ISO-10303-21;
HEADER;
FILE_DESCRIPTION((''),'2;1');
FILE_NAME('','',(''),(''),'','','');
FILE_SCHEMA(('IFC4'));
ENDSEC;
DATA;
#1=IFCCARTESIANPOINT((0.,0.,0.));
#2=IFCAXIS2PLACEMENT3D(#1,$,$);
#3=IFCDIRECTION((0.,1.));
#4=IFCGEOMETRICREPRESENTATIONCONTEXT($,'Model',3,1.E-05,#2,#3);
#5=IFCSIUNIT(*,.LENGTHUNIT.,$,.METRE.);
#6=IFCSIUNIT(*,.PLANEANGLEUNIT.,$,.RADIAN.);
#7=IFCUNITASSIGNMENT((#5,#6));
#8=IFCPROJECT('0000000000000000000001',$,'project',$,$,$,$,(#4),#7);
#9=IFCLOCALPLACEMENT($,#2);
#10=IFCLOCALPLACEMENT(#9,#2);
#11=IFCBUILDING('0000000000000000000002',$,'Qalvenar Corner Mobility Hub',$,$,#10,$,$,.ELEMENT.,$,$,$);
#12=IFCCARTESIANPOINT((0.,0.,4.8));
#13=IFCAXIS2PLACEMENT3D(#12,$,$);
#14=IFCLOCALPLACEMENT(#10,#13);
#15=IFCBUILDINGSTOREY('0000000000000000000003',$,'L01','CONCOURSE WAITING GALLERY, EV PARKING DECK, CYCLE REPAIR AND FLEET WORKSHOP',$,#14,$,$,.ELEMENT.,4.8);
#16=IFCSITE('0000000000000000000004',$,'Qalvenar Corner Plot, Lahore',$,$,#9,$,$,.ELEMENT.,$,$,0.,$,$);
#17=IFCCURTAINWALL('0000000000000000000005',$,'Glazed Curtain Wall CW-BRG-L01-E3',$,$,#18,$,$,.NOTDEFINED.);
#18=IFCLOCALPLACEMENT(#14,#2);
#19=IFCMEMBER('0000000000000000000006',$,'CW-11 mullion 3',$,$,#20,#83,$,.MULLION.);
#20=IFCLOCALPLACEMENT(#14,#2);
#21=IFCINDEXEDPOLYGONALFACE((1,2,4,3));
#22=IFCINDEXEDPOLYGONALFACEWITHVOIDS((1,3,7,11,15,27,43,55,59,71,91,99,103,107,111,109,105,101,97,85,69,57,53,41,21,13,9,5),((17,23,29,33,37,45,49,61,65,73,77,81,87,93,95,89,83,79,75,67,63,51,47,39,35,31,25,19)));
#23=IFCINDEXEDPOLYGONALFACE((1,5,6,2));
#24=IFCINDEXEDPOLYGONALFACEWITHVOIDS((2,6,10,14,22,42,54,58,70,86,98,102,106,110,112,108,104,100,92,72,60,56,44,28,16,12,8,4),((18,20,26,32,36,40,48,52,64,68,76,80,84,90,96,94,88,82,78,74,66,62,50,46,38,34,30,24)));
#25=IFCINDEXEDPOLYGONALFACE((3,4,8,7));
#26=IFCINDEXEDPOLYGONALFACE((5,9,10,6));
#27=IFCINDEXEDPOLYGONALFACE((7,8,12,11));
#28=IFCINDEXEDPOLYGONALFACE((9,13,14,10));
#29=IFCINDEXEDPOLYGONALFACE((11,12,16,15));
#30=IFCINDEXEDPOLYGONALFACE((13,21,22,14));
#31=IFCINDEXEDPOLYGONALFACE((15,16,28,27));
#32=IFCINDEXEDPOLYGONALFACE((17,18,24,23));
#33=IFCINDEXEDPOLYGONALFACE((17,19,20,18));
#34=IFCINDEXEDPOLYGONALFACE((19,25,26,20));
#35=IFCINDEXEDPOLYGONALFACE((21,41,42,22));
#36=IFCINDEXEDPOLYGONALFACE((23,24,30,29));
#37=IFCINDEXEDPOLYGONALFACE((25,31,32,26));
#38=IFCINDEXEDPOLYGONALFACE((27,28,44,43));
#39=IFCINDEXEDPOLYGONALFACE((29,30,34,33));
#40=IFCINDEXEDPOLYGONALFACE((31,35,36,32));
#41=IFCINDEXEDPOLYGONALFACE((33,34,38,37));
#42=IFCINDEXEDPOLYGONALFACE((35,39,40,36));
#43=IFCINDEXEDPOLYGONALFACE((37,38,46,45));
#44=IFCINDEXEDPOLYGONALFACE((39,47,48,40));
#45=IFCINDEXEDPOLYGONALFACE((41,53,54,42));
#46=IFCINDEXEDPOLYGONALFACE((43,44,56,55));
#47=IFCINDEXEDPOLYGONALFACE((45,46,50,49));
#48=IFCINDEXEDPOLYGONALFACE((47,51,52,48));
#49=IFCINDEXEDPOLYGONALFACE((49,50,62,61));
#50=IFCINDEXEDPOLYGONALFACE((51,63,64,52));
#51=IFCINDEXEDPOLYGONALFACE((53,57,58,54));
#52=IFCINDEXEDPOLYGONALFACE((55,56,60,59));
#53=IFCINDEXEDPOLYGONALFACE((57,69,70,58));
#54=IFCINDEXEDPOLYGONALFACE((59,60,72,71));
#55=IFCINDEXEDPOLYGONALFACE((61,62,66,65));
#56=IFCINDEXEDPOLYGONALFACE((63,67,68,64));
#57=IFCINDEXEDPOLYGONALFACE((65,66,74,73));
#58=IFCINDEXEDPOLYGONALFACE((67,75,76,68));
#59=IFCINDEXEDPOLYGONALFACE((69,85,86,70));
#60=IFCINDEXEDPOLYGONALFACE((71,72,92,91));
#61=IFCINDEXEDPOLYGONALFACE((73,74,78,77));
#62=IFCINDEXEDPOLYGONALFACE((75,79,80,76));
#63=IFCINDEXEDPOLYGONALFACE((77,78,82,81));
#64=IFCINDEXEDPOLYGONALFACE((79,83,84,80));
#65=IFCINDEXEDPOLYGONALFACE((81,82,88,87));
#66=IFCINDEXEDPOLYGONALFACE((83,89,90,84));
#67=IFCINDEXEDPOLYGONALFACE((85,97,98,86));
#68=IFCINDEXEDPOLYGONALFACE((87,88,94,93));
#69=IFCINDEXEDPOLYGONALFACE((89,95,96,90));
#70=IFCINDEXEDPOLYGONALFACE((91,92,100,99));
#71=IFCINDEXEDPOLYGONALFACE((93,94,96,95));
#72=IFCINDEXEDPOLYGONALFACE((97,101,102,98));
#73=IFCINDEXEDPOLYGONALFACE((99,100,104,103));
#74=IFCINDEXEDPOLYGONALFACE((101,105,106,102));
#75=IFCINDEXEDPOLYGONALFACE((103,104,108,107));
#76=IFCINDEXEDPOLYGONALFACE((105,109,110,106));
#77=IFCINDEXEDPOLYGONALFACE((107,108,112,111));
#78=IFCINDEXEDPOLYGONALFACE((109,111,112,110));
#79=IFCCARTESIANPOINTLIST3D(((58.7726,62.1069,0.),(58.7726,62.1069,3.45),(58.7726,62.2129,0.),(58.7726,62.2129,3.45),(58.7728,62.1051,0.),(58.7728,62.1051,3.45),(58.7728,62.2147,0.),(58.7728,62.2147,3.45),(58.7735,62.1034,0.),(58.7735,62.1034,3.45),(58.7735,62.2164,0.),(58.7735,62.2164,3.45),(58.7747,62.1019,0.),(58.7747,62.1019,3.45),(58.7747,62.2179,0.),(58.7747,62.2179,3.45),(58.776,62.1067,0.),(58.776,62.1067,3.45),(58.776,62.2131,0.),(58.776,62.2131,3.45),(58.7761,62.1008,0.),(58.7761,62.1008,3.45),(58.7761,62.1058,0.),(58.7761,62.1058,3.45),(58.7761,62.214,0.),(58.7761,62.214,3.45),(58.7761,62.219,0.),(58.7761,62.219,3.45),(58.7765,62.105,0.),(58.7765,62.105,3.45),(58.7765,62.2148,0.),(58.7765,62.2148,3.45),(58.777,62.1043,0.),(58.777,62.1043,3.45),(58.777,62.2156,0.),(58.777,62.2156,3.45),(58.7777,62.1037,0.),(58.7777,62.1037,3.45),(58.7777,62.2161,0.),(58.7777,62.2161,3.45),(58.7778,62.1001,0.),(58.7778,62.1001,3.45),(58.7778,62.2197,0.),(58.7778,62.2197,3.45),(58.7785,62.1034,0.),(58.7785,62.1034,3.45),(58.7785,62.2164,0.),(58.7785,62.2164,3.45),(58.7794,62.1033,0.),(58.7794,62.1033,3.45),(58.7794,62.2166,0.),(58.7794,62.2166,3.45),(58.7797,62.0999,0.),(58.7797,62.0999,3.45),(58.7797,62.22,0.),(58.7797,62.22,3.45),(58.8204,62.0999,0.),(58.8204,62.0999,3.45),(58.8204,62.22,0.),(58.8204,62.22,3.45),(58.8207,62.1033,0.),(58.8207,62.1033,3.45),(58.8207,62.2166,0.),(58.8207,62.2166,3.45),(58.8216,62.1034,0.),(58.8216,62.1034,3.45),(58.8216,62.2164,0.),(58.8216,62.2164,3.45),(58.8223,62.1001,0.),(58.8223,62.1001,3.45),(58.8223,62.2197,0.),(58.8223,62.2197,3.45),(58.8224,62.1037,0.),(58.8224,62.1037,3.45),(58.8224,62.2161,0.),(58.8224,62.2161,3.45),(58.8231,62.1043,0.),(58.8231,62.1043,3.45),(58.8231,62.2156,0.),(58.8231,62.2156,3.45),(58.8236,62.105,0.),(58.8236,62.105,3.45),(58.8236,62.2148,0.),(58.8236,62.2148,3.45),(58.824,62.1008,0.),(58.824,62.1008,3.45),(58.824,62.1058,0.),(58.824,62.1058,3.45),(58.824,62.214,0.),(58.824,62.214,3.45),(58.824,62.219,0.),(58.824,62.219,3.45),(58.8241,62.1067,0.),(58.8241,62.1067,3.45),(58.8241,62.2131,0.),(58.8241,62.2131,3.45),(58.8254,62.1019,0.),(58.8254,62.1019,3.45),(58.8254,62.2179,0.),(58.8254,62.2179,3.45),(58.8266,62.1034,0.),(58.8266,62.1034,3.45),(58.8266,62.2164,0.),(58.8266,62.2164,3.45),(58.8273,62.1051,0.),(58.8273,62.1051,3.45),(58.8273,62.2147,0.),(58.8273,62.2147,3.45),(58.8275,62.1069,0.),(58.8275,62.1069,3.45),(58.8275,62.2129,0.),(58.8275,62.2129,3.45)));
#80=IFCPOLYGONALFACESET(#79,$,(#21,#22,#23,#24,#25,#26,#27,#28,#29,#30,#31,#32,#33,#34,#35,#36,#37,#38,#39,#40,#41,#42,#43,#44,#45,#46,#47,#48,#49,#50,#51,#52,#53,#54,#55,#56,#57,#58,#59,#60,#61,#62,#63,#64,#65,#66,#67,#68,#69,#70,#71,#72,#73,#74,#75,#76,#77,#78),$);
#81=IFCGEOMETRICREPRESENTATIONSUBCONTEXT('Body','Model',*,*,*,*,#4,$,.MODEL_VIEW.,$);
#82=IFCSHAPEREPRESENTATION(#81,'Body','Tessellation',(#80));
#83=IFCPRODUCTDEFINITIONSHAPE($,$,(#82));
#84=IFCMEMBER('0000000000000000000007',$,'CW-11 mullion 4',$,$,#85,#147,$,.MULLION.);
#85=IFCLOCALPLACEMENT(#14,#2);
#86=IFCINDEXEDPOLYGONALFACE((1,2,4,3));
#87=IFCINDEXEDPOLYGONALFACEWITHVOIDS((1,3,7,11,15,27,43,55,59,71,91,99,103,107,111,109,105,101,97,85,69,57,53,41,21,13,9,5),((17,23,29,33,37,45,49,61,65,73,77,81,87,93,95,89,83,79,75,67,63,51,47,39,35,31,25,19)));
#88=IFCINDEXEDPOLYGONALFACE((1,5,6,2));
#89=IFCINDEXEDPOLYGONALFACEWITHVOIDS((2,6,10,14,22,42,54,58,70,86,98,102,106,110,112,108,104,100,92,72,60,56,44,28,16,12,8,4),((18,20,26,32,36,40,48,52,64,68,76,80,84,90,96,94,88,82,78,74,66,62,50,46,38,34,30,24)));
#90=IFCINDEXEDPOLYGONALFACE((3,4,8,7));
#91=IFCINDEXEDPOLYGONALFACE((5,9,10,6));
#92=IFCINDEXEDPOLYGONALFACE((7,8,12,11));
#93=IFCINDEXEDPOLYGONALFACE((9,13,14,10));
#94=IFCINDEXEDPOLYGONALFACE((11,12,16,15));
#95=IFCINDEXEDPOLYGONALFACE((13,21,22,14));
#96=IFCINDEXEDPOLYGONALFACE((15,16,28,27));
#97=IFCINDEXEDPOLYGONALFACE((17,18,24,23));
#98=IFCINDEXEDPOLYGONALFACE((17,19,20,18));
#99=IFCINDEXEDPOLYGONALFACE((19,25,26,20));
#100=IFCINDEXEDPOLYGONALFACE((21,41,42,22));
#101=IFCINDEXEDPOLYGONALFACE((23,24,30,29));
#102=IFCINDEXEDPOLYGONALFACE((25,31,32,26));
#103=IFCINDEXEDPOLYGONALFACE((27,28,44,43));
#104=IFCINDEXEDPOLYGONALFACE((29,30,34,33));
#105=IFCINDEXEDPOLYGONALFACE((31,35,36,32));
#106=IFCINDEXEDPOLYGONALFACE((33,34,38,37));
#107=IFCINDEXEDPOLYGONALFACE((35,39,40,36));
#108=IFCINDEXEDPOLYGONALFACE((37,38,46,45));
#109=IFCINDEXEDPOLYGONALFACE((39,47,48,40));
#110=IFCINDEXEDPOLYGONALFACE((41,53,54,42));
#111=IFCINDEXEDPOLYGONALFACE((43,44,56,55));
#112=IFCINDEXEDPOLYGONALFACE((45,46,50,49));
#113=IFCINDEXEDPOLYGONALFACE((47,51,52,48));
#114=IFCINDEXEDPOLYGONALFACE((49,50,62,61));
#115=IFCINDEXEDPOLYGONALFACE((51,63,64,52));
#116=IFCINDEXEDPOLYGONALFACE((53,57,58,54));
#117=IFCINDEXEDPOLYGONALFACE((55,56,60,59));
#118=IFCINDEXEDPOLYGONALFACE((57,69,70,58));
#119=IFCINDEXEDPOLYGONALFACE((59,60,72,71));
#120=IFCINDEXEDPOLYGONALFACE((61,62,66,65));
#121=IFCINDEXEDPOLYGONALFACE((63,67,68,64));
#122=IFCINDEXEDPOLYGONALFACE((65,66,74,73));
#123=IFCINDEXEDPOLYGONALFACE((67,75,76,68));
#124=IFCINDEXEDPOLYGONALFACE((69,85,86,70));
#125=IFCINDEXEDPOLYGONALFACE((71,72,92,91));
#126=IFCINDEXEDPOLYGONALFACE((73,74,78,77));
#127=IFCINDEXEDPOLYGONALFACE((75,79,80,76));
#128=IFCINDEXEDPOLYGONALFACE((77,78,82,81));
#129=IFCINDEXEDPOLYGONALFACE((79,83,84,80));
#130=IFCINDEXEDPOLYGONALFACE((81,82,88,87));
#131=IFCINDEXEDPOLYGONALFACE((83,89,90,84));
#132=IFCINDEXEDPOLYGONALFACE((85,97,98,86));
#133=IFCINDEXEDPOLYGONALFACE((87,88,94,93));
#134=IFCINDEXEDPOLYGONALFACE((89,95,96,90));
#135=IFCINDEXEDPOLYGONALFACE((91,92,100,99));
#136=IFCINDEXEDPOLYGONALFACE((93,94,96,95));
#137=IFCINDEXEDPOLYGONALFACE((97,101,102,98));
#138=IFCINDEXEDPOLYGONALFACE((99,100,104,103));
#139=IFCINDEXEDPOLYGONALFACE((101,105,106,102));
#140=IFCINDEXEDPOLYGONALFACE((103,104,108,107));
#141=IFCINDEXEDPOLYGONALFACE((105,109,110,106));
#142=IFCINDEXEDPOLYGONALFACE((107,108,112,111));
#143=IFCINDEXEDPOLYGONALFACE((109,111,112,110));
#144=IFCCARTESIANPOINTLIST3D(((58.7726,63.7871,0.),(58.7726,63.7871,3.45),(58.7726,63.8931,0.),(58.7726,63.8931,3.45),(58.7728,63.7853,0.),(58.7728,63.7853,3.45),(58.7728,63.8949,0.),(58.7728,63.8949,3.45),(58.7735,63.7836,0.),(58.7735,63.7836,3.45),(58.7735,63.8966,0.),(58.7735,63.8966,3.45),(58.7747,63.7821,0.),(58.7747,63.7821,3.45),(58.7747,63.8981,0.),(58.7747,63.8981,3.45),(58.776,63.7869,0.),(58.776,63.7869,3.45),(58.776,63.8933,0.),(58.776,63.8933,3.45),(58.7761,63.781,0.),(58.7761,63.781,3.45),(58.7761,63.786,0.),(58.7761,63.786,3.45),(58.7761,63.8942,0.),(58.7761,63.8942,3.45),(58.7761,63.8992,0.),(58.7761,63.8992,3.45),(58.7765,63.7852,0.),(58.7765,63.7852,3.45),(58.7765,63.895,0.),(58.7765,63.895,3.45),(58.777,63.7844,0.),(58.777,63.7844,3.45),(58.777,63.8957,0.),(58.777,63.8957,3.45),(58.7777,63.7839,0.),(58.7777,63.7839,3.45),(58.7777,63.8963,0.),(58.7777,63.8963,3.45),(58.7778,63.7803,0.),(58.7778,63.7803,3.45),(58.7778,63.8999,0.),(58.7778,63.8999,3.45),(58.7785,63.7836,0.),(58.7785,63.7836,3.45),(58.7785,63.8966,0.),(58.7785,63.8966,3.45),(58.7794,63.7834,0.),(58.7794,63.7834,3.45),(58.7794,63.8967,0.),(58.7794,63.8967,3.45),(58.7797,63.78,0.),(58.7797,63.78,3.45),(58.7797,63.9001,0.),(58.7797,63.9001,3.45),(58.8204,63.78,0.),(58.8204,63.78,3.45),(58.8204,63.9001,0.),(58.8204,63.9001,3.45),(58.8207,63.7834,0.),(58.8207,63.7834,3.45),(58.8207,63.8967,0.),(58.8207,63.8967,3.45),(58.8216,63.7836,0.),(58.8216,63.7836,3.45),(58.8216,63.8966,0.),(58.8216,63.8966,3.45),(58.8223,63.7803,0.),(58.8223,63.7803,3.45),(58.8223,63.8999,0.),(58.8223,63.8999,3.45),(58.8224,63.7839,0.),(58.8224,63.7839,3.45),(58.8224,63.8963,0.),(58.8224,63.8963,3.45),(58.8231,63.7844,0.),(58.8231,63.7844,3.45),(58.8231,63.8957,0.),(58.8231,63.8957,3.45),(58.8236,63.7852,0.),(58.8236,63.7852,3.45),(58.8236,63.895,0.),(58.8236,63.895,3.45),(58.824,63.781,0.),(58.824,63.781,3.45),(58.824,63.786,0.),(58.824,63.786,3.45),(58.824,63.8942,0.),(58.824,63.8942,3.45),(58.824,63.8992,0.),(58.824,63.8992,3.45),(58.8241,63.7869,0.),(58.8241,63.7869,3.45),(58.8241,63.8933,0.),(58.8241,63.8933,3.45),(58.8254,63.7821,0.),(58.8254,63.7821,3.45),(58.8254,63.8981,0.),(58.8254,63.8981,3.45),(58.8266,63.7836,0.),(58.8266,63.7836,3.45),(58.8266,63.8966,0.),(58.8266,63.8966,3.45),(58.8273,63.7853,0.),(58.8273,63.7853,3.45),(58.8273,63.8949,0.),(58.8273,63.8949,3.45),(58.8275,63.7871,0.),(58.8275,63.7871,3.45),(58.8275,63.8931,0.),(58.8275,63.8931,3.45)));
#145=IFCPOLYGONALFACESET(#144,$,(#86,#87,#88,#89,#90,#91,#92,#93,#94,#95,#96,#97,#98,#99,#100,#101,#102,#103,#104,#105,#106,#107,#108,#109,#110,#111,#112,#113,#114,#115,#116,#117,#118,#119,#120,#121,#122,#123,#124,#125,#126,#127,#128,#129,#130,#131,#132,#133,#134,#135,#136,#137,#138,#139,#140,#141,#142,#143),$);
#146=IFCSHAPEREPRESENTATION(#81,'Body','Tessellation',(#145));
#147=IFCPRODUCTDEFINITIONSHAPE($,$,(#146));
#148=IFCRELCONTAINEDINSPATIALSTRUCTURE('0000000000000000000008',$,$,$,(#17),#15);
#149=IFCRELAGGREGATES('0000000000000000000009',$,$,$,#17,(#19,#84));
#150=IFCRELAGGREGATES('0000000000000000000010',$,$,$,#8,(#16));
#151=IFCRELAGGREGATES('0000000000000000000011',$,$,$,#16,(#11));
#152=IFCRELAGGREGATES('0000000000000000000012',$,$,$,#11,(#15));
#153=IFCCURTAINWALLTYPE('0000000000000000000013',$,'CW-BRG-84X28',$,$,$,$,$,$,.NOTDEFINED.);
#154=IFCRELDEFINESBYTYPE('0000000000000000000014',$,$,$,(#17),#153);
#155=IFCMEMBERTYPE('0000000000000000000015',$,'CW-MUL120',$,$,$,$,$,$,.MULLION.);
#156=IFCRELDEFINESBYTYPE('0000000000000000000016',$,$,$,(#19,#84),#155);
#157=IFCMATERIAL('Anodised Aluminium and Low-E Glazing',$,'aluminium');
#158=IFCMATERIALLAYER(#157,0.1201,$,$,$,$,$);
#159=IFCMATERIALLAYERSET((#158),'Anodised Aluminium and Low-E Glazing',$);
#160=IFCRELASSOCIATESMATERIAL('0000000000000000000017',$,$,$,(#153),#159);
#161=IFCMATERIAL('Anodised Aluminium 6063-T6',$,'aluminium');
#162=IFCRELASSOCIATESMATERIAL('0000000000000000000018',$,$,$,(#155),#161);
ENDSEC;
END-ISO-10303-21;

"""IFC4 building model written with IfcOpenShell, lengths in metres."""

from ifc_helpers import new_model, si_unit, direction, frame, origin, origin_2d, place, context, subcontext, project, spatial, hollow_rectangle, extrude, material, layer, layer_set, material_profile, profile_set, type_object, element, aggregate, save


model = new_model("IFC4")

# Units and contexts
model_context = context("Model", 3, precision=1e-05, world=origin(), true_north=direction((0.0, 1.0)))
body_context = subcontext(model_context, "Body", "Model", "MODEL_VIEW")
ifc_project = project(units=[si_unit("LENGTHUNIT", "METRE"), si_unit("PLANEANGLEUNIT", "RADIAN")], contexts=[model_context])

# Site, building, storey
site_placement = place(None, origin())
site = spatial("IfcSite", under=ifc_project, at=site_placement, Name="Qalvenar Corner Plot, Lahore", CompositionType="ELEMENT", RefElevation=0.0)
building_placement = place(site_placement, origin())
building = spatial("IfcBuilding", under=site, at=building_placement, Name="Qalvenar Corner Mobility Hub", CompositionType="ELEMENT")
storey_placement = place(building_placement, frame((0.0, 0.0, 4.8)))
storey = spatial("IfcBuildingStorey", under=building, at=storey_placement, Name="L01", Description="CONCOURSE WAITING GALLERY, EV PARKING DECK, CYCLE REPAIR AND FLEET WORKSHOP", CompositionType="ELEMENT", Elevation=4.8)

# Shared definitions
ifc_material_1 = material(Name="Anodised Aluminium and Low-E Glazing", Category="aluminium")
ifc_layer_1 = layer(ifc_material_1, 0.1201)
ifc_layer_set_1 = layer_set([ifc_layer_1], Name="Anodised Aluminium and Low-E Glazing")
curtain_wall_type = type_object("IfcCurtainWallType", Name="CW-BRG-84X28", PredefinedType="NOTDEFINED", material=ifc_layer_set_1)
ifc_material_2 = material(Name="Anodised Aluminium 6063-T6", Category="aluminium")
ifc_material_profile_1 = material_profile(ifc_material_2, hollow_rectangle(XDim=0.0549, YDim=0.1201, WallThickness=0.0034, InnerFilletRadius=0.0034, OuterFilletRadius=0.0071, at=origin_2d()), Name="RHS120x55x3.5")
ifc_profile_set_1 = profile_set([ifc_material_profile_1], Name="Anodised Aluminium 6063-T6")
member_type_1 = type_object("IfcMemberType", Name="CW-MUL120", PredefinedType="MULLION", material=ifc_profile_set_1)

# Curtain wall, members
curtain_wall_1_placement = place(storey_placement, origin())
curtain_wall_1 = element("IfcCurtainWall", 1, at=curtain_wall_1_placement, inside=storey, type_object=curtain_wall_type, Name="Glazed Curtain Wall CW-BRG-L01-E3", PredefinedType="NOTDEFINED")
member_1_placement = place(storey_placement, frame((58.8, 62.1599, 0.0), z_axis=(0.0, 0.0, 1.0), x_axis=(-1.0, 0.0, 0.0)))
member_1 = element("IfcMember", 2, at=member_1_placement, type_object=member_type_1, Name="CW-11 mullion 3", PredefinedType="MULLION", context=body_context, shape_type="SweptSolid", body=[
    extrude(hollow_rectangle(XDim=0.0549, YDim=0.1201, WallThickness=0.0034, InnerFilletRadius=0.0034, OuterFilletRadius=0.0071, at=origin_2d()), origin(), (0.0, 0.0, 1.0), 3.45),
])
member_2_placement = place(storey_placement, frame((58.8, 63.8401, 0.0), z_axis=(0.0, 0.0, 1.0), x_axis=(-1.0, 0.0, 0.0)))
member_2 = element("IfcMember", 3, at=member_2_placement, type_object=member_type_1, Name="CW-11 mullion 4", PredefinedType="MULLION", context=body_context, shape_type="SweptSolid", body=[
    extrude(hollow_rectangle(XDim=0.0549, YDim=0.1201, WallThickness=0.0034, InnerFilletRadius=0.0034, OuterFilletRadius=0.0071, at=origin_2d()), origin(), (0.0, 0.0, 1.0), 3.45),
])

aggregate(curtain_wall_1, [member_1, member_2])

save(model, "model.ifc")
